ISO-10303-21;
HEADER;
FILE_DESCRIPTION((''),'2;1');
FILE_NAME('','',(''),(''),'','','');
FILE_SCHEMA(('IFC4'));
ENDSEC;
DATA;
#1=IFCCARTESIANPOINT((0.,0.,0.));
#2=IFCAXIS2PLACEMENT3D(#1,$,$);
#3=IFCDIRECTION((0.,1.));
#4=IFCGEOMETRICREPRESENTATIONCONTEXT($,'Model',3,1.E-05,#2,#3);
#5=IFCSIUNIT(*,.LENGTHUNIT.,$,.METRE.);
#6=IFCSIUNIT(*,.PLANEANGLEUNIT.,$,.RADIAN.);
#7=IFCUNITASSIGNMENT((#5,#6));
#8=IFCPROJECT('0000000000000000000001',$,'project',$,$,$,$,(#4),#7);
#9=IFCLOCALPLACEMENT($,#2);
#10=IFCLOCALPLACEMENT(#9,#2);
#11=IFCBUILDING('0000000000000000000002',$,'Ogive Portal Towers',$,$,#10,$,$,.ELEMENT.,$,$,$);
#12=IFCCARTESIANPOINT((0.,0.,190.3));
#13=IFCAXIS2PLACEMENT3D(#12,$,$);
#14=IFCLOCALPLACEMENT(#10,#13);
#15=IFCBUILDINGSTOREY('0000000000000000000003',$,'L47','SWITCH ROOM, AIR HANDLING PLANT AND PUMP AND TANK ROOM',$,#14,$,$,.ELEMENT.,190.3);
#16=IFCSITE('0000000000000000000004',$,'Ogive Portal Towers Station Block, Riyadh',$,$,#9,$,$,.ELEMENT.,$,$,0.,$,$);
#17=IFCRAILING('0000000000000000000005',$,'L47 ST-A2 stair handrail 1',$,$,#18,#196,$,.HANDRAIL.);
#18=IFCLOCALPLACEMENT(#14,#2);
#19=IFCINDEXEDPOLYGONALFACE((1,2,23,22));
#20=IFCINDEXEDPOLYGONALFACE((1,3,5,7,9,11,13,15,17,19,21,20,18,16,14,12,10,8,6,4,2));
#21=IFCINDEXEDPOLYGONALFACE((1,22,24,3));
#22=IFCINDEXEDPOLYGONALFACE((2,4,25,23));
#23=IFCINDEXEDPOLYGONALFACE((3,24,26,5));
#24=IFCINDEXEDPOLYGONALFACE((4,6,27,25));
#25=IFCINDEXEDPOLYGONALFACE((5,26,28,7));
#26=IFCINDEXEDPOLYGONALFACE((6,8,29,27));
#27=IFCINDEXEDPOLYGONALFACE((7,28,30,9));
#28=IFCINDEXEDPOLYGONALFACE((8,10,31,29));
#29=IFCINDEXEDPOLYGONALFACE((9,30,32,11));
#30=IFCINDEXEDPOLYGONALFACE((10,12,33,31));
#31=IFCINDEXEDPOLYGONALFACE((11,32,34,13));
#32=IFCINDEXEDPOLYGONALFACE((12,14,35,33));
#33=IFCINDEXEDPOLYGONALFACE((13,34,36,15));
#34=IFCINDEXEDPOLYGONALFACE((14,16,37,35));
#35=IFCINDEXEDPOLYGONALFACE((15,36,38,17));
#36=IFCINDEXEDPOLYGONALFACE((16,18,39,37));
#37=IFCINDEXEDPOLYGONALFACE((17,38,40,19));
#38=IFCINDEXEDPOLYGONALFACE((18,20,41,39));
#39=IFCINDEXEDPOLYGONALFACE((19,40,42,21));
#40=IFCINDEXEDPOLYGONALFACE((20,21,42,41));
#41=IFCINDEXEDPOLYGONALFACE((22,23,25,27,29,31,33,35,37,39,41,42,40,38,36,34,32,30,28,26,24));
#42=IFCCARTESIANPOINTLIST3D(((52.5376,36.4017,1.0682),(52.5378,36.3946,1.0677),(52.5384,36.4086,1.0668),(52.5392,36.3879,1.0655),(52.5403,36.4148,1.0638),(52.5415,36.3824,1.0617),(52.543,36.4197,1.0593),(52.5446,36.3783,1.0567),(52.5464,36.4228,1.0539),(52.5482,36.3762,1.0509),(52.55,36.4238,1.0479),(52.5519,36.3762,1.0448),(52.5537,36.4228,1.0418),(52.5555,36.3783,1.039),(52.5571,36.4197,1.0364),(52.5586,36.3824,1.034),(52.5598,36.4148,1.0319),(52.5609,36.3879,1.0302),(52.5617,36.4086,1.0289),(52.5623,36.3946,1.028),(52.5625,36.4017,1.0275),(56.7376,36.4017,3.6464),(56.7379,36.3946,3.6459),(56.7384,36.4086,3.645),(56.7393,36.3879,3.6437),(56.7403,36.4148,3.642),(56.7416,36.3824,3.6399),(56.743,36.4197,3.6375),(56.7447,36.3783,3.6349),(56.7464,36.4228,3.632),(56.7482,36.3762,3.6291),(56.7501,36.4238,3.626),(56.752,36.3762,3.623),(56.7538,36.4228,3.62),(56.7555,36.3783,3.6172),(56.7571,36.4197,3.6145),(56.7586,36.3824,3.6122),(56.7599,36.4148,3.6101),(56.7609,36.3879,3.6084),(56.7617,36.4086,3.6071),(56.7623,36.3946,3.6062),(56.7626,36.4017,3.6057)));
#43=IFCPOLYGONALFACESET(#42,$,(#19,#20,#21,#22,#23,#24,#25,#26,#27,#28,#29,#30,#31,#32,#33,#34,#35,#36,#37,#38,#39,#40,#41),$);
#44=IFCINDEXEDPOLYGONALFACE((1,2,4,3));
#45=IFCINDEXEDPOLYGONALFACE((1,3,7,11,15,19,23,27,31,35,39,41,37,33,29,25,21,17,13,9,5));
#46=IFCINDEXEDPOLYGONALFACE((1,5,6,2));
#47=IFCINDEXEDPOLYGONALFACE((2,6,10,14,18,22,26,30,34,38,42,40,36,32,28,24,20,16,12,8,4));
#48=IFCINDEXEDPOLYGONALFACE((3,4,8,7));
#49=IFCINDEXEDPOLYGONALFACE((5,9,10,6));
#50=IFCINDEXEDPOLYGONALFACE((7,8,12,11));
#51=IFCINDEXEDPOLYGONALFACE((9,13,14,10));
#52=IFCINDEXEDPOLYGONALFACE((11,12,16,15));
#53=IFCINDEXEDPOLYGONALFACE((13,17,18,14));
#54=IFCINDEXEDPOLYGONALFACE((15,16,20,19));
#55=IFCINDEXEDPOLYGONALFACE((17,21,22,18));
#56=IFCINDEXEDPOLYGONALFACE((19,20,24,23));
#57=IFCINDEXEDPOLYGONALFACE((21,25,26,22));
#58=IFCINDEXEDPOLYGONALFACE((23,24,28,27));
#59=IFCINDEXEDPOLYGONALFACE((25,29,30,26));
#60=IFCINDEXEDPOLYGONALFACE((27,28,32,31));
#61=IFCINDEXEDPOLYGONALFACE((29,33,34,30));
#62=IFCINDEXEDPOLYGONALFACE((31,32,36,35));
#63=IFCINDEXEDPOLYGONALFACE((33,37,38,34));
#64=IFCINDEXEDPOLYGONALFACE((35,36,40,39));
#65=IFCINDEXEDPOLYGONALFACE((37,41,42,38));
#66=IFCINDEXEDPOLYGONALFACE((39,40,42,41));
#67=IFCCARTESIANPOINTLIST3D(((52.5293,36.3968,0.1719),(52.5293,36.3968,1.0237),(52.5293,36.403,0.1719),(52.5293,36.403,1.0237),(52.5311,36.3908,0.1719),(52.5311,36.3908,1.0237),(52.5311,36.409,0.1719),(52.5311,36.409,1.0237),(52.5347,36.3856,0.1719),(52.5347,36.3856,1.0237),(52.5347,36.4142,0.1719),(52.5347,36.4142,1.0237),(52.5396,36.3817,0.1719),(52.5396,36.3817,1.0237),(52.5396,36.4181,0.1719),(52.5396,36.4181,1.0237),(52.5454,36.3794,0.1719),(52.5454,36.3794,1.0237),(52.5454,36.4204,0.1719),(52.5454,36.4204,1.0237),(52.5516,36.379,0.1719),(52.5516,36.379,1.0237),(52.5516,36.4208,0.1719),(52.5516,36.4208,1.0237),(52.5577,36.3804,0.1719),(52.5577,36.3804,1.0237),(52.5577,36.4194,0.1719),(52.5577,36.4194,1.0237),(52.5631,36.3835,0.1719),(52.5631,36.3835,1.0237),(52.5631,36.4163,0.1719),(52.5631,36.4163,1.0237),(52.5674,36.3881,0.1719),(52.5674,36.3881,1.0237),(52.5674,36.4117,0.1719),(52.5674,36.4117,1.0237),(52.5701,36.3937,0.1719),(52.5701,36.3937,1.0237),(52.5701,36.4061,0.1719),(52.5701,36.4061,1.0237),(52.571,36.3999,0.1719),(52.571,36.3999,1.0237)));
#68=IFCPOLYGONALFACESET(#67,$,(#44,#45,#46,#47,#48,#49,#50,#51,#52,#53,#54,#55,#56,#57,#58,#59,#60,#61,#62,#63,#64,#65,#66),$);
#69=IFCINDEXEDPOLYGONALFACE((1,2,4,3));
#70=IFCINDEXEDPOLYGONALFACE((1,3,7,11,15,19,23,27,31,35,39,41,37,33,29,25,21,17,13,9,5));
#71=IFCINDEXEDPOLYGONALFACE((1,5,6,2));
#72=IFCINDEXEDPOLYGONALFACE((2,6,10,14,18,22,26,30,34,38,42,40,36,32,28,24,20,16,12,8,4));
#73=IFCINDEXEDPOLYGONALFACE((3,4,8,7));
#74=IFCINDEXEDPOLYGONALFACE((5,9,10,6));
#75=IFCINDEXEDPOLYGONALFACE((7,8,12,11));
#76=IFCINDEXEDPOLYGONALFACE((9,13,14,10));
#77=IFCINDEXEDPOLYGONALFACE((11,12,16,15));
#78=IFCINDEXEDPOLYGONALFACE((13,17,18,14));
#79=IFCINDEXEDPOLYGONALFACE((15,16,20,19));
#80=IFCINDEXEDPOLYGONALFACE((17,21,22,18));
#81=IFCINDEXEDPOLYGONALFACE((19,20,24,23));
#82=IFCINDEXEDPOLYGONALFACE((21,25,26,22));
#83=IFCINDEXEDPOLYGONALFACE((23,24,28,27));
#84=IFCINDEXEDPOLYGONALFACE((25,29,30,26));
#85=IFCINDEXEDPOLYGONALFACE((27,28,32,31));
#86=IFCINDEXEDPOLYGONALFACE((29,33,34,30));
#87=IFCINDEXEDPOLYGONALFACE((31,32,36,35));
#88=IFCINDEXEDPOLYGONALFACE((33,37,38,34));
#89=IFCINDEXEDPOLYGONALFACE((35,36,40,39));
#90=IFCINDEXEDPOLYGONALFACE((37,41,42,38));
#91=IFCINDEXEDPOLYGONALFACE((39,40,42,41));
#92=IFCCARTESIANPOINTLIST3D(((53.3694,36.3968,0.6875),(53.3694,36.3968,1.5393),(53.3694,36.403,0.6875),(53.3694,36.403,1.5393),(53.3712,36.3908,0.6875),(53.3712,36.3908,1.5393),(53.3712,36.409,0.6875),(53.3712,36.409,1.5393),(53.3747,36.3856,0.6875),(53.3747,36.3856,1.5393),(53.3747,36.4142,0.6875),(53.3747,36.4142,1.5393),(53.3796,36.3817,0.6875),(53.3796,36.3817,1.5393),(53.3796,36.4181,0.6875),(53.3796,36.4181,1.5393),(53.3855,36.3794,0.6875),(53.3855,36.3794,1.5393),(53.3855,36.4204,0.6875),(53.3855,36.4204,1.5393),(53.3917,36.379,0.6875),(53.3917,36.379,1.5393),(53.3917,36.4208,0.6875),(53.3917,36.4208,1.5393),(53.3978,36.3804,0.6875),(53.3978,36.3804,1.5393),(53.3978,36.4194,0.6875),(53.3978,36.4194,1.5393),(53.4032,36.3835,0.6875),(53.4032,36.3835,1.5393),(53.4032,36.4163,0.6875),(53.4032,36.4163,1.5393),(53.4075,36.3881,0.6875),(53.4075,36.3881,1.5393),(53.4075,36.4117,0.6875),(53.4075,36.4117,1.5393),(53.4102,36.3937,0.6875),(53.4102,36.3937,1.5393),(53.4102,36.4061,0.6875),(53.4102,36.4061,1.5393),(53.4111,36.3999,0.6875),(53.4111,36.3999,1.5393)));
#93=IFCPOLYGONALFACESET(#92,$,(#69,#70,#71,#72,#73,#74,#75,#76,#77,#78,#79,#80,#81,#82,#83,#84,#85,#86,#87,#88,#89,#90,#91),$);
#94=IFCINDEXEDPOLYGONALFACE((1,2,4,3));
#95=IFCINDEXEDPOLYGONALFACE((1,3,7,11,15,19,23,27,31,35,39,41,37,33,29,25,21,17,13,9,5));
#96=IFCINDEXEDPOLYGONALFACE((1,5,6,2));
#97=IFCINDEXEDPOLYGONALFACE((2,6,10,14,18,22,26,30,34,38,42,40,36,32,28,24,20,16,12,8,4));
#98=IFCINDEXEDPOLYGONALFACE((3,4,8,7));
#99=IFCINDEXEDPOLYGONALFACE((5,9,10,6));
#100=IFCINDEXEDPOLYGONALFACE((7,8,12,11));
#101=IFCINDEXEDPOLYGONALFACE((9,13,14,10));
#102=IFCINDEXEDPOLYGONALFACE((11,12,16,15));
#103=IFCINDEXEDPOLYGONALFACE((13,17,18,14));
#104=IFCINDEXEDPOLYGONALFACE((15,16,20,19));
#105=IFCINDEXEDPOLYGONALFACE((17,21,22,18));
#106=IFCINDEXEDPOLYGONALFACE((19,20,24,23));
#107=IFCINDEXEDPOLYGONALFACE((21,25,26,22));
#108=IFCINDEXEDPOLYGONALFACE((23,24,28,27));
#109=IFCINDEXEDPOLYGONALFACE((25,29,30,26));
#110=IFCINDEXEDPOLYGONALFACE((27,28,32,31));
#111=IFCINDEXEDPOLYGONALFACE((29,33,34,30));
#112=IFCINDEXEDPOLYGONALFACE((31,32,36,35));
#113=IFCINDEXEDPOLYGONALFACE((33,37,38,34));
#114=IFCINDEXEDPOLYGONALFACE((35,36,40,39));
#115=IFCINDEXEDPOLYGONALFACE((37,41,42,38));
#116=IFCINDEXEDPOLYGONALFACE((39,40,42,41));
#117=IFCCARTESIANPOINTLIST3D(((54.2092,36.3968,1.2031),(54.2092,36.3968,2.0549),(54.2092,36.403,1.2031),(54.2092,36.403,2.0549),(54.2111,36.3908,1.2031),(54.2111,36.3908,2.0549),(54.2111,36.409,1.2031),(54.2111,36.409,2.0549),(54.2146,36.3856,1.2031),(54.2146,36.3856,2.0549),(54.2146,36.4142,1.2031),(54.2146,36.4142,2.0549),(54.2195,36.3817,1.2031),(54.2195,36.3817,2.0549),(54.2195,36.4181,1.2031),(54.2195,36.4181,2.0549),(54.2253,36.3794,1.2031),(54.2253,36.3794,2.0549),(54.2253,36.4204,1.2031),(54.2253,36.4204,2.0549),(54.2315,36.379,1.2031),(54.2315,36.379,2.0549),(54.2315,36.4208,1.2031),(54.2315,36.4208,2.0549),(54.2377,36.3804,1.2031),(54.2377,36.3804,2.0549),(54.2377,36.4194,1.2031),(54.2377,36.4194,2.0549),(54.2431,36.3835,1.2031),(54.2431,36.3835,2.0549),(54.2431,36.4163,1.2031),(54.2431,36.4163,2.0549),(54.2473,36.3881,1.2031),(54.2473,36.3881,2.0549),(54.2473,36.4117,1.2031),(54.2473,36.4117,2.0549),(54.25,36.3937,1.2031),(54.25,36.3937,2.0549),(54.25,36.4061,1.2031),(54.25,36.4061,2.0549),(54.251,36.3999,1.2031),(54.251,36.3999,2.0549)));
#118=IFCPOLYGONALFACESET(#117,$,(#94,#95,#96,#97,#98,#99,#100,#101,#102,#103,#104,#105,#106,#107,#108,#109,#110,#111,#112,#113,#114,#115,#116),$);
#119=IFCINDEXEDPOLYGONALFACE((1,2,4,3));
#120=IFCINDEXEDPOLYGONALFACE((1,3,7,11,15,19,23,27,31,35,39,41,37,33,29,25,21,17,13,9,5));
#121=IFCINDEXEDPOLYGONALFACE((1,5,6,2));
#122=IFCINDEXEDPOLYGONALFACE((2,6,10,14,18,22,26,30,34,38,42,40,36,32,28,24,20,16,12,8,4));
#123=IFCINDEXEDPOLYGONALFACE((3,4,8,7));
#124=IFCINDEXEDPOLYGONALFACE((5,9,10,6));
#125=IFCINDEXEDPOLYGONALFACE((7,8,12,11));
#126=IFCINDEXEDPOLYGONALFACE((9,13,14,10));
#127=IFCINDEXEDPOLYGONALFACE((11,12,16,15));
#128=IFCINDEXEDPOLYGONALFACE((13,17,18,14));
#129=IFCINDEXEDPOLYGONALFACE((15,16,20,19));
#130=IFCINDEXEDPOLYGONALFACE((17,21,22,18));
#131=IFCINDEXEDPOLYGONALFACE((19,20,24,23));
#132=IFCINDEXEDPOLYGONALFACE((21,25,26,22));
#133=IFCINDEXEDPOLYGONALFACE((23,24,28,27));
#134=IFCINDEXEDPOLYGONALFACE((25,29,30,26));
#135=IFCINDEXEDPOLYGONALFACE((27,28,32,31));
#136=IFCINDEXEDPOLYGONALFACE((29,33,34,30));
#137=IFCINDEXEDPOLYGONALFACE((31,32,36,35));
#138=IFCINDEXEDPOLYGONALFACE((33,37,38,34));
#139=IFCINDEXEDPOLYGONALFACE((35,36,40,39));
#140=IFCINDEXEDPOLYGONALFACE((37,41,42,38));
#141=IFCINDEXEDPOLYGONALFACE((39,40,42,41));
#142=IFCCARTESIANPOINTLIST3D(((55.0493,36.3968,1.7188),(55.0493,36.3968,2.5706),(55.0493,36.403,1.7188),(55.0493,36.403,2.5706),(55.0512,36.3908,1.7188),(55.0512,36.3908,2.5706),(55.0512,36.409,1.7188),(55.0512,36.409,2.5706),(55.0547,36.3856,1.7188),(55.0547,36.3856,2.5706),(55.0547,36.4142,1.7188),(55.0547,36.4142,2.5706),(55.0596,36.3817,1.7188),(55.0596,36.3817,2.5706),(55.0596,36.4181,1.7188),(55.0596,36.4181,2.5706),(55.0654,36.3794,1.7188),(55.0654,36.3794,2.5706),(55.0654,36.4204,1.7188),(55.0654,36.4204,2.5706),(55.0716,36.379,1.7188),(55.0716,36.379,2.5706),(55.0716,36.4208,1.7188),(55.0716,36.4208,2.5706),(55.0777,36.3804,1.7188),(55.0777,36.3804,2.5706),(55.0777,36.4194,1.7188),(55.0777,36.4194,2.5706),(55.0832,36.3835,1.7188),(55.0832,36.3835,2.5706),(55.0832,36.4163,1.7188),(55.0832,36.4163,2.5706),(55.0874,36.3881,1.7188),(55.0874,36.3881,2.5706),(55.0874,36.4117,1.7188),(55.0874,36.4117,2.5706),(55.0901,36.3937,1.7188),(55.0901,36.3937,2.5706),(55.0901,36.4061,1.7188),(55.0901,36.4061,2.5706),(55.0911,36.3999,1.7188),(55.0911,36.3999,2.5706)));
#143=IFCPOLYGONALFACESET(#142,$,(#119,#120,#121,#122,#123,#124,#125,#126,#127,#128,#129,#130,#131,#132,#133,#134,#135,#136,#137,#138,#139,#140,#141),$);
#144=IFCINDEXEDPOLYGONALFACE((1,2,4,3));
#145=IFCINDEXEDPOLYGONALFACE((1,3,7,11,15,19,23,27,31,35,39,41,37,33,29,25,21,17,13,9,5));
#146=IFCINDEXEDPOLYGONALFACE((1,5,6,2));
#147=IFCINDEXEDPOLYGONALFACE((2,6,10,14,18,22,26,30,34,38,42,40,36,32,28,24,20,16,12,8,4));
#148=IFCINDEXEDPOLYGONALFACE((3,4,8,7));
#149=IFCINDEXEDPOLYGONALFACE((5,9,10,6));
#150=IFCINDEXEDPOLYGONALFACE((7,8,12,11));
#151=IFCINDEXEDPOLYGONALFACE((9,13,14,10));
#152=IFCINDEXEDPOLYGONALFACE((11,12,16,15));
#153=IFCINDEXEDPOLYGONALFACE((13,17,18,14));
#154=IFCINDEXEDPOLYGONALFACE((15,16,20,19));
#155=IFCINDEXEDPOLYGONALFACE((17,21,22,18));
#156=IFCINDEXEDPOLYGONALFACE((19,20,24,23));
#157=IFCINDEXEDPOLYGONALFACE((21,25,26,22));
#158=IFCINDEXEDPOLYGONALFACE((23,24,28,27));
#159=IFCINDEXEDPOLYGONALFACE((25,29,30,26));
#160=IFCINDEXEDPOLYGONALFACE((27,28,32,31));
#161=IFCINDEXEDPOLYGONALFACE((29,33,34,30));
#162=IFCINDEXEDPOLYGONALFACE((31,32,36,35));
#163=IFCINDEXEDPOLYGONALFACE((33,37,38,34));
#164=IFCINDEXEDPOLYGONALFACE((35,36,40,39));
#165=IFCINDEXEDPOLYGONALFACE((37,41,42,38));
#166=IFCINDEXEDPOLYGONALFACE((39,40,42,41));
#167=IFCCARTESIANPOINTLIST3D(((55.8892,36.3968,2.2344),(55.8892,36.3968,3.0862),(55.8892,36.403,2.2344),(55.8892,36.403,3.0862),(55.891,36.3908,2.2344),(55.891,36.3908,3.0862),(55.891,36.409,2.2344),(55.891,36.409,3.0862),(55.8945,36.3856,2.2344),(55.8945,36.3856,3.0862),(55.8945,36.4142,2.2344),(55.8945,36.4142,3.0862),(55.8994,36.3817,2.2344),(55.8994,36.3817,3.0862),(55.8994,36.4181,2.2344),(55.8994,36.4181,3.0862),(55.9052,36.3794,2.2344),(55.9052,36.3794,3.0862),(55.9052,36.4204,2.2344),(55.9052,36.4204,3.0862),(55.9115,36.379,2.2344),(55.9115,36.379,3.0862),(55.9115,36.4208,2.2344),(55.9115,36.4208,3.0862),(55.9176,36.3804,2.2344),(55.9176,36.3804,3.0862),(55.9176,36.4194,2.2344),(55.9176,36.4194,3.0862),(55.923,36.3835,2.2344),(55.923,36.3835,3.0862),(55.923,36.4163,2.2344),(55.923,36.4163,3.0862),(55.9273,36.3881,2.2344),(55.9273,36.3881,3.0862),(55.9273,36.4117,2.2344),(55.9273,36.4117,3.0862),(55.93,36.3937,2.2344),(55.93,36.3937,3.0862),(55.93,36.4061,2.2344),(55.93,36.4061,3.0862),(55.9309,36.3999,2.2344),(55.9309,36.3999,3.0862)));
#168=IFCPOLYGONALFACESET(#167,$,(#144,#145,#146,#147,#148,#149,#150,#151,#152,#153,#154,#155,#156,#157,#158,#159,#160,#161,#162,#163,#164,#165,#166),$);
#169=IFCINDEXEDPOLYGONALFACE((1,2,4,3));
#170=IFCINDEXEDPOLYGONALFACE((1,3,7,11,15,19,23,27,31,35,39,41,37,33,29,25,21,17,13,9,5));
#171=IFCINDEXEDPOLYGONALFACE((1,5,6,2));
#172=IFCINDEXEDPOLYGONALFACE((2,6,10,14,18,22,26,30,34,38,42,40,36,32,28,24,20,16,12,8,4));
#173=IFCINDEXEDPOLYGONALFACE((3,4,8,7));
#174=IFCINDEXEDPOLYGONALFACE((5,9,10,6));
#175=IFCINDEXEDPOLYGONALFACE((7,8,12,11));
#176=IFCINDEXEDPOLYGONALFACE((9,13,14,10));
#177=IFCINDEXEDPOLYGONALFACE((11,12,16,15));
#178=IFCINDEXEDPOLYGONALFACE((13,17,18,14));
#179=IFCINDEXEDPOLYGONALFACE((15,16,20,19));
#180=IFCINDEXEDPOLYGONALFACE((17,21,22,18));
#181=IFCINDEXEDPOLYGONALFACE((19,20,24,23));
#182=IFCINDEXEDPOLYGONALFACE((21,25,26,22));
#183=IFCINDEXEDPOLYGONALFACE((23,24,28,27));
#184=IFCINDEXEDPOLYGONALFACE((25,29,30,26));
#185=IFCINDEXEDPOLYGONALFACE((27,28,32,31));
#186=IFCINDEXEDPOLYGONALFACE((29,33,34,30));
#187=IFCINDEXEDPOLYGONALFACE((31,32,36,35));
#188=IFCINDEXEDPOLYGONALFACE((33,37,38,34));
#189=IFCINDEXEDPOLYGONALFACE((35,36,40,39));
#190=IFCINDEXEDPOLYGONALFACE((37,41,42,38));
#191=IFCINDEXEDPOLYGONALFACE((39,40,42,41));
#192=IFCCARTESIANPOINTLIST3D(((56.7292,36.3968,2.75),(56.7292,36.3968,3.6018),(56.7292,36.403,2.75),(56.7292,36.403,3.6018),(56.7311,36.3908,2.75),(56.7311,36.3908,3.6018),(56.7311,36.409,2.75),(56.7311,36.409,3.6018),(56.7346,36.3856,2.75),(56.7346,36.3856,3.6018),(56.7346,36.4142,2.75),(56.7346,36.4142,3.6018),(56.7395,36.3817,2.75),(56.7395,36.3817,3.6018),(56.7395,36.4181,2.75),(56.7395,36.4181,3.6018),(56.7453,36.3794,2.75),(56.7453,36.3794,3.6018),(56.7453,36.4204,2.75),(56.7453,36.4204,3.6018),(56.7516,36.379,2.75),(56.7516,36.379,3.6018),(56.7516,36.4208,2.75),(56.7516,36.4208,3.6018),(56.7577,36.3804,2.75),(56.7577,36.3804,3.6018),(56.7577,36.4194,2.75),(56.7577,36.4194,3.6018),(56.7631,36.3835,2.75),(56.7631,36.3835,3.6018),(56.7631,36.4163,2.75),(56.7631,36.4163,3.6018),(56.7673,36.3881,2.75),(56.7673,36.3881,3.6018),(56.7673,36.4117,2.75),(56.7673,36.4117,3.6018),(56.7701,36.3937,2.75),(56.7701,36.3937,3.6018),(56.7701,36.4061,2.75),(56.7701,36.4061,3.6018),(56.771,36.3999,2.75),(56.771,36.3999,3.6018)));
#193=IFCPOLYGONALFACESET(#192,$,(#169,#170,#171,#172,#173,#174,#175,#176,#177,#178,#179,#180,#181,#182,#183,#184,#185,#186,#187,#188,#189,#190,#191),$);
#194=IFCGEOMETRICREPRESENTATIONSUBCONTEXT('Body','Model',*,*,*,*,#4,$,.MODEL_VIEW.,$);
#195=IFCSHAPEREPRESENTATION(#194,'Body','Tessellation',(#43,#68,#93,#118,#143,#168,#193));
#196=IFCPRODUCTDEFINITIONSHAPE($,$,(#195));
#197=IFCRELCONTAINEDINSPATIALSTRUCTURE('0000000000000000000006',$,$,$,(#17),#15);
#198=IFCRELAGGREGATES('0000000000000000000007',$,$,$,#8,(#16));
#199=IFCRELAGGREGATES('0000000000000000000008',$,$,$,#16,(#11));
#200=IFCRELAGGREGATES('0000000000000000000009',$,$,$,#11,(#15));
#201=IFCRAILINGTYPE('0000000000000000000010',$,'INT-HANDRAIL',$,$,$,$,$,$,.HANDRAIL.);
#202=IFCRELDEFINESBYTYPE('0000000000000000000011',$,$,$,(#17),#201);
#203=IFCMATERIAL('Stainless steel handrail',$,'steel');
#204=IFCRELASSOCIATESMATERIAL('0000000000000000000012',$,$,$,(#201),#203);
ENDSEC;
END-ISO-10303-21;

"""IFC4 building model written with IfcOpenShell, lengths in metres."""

from ifc_helpers import new_model, si_unit, direction, frame, origin, origin_2d, place, context, subcontext, project, spatial, circle, extrude, material, type_object, element, save


model = new_model("IFC4")

# Units and contexts
model_context = context("Model", 3, precision=1e-05, world=origin(), true_north=direction((0.0, 1.0)))
body_context = subcontext(model_context, "Body", "Model", "MODEL_VIEW")
ifc_project = project(units=[si_unit("LENGTHUNIT", "METRE"), si_unit("PLANEANGLEUNIT", "RADIAN")], contexts=[model_context])

# Site, building, storey
site_placement = place(None, origin())
site = spatial("IfcSite", under=ifc_project, at=site_placement, Name="Ogive Portal Towers Station Block, Riyadh", CompositionType="ELEMENT", RefElevation=0.0)
building_placement = place(site_placement, origin())
building = spatial("IfcBuilding", under=site, at=building_placement, Name="Ogive Portal Towers", CompositionType="ELEMENT")
storey_placement = place(building_placement, frame((0.0, 0.0, 190.3)))
storey = spatial("IfcBuildingStorey", under=building, at=storey_placement, Name="L47", Description="SWITCH ROOM, AIR HANDLING PLANT AND PUMP AND TANK ROOM", CompositionType="ELEMENT", Elevation=190.3)

# Railing
ifc_material_1 = material(Name="Stainless steel handrail", Category="steel")
railing_type_1 = type_object("IfcRailingType", Name="INT-HANDRAIL", PredefinedType="HANDRAIL", material=ifc_material_1)
railing_1_placement = place(storey_placement, frame((52.55, 36.3999, 0.1719)))
element("IfcRailing", 1, at=railing_1_placement, inside=storey, type_object=railing_type_1, Name="L47 ST-A2 stair handrail 1", PredefinedType="HANDRAIL", context=body_context, shape_type="SweptSolid", body=[
    extrude(circle(Radius=0.0239, at=origin_2d()), frame((0.0, 0.0, 0.876), z_axis=(0.852243, 0.0, 0.523146), x_axis=(0.0, 1.0, 0.0)), (0.0, 0.0, 1.0), 4.9282),
    extrude(circle(Radius=0.021, at=origin_2d()), origin(), (0.0, 0.0, 1.0), 0.8518),
    extrude(circle(Radius=0.021, at=origin_2d()), frame((0.8401, 0.0, 0.5156)), (0.0, 0.0, 1.0), 0.8518),
    extrude(circle(Radius=0.021, at=origin_2d()), frame((1.6799, 0.0, 1.0312)), (0.0, 0.0, 1.0), 0.8518),
    extrude(circle(Radius=0.021, at=origin_2d()), frame((2.52, 0.0, 1.5469)), (0.0, 0.0, 1.0), 0.8518),
    extrude(circle(Radius=0.021, at=origin_2d()), frame((3.3599, 0.0, 2.0625)), (0.0, 0.0, 1.0), 0.8518),
    extrude(circle(Radius=0.021, at=origin_2d()), frame((4.2, 0.0, 2.5781)), (0.0, 0.0, 1.0), 0.8518),
])

save(model, "model.ifc")
